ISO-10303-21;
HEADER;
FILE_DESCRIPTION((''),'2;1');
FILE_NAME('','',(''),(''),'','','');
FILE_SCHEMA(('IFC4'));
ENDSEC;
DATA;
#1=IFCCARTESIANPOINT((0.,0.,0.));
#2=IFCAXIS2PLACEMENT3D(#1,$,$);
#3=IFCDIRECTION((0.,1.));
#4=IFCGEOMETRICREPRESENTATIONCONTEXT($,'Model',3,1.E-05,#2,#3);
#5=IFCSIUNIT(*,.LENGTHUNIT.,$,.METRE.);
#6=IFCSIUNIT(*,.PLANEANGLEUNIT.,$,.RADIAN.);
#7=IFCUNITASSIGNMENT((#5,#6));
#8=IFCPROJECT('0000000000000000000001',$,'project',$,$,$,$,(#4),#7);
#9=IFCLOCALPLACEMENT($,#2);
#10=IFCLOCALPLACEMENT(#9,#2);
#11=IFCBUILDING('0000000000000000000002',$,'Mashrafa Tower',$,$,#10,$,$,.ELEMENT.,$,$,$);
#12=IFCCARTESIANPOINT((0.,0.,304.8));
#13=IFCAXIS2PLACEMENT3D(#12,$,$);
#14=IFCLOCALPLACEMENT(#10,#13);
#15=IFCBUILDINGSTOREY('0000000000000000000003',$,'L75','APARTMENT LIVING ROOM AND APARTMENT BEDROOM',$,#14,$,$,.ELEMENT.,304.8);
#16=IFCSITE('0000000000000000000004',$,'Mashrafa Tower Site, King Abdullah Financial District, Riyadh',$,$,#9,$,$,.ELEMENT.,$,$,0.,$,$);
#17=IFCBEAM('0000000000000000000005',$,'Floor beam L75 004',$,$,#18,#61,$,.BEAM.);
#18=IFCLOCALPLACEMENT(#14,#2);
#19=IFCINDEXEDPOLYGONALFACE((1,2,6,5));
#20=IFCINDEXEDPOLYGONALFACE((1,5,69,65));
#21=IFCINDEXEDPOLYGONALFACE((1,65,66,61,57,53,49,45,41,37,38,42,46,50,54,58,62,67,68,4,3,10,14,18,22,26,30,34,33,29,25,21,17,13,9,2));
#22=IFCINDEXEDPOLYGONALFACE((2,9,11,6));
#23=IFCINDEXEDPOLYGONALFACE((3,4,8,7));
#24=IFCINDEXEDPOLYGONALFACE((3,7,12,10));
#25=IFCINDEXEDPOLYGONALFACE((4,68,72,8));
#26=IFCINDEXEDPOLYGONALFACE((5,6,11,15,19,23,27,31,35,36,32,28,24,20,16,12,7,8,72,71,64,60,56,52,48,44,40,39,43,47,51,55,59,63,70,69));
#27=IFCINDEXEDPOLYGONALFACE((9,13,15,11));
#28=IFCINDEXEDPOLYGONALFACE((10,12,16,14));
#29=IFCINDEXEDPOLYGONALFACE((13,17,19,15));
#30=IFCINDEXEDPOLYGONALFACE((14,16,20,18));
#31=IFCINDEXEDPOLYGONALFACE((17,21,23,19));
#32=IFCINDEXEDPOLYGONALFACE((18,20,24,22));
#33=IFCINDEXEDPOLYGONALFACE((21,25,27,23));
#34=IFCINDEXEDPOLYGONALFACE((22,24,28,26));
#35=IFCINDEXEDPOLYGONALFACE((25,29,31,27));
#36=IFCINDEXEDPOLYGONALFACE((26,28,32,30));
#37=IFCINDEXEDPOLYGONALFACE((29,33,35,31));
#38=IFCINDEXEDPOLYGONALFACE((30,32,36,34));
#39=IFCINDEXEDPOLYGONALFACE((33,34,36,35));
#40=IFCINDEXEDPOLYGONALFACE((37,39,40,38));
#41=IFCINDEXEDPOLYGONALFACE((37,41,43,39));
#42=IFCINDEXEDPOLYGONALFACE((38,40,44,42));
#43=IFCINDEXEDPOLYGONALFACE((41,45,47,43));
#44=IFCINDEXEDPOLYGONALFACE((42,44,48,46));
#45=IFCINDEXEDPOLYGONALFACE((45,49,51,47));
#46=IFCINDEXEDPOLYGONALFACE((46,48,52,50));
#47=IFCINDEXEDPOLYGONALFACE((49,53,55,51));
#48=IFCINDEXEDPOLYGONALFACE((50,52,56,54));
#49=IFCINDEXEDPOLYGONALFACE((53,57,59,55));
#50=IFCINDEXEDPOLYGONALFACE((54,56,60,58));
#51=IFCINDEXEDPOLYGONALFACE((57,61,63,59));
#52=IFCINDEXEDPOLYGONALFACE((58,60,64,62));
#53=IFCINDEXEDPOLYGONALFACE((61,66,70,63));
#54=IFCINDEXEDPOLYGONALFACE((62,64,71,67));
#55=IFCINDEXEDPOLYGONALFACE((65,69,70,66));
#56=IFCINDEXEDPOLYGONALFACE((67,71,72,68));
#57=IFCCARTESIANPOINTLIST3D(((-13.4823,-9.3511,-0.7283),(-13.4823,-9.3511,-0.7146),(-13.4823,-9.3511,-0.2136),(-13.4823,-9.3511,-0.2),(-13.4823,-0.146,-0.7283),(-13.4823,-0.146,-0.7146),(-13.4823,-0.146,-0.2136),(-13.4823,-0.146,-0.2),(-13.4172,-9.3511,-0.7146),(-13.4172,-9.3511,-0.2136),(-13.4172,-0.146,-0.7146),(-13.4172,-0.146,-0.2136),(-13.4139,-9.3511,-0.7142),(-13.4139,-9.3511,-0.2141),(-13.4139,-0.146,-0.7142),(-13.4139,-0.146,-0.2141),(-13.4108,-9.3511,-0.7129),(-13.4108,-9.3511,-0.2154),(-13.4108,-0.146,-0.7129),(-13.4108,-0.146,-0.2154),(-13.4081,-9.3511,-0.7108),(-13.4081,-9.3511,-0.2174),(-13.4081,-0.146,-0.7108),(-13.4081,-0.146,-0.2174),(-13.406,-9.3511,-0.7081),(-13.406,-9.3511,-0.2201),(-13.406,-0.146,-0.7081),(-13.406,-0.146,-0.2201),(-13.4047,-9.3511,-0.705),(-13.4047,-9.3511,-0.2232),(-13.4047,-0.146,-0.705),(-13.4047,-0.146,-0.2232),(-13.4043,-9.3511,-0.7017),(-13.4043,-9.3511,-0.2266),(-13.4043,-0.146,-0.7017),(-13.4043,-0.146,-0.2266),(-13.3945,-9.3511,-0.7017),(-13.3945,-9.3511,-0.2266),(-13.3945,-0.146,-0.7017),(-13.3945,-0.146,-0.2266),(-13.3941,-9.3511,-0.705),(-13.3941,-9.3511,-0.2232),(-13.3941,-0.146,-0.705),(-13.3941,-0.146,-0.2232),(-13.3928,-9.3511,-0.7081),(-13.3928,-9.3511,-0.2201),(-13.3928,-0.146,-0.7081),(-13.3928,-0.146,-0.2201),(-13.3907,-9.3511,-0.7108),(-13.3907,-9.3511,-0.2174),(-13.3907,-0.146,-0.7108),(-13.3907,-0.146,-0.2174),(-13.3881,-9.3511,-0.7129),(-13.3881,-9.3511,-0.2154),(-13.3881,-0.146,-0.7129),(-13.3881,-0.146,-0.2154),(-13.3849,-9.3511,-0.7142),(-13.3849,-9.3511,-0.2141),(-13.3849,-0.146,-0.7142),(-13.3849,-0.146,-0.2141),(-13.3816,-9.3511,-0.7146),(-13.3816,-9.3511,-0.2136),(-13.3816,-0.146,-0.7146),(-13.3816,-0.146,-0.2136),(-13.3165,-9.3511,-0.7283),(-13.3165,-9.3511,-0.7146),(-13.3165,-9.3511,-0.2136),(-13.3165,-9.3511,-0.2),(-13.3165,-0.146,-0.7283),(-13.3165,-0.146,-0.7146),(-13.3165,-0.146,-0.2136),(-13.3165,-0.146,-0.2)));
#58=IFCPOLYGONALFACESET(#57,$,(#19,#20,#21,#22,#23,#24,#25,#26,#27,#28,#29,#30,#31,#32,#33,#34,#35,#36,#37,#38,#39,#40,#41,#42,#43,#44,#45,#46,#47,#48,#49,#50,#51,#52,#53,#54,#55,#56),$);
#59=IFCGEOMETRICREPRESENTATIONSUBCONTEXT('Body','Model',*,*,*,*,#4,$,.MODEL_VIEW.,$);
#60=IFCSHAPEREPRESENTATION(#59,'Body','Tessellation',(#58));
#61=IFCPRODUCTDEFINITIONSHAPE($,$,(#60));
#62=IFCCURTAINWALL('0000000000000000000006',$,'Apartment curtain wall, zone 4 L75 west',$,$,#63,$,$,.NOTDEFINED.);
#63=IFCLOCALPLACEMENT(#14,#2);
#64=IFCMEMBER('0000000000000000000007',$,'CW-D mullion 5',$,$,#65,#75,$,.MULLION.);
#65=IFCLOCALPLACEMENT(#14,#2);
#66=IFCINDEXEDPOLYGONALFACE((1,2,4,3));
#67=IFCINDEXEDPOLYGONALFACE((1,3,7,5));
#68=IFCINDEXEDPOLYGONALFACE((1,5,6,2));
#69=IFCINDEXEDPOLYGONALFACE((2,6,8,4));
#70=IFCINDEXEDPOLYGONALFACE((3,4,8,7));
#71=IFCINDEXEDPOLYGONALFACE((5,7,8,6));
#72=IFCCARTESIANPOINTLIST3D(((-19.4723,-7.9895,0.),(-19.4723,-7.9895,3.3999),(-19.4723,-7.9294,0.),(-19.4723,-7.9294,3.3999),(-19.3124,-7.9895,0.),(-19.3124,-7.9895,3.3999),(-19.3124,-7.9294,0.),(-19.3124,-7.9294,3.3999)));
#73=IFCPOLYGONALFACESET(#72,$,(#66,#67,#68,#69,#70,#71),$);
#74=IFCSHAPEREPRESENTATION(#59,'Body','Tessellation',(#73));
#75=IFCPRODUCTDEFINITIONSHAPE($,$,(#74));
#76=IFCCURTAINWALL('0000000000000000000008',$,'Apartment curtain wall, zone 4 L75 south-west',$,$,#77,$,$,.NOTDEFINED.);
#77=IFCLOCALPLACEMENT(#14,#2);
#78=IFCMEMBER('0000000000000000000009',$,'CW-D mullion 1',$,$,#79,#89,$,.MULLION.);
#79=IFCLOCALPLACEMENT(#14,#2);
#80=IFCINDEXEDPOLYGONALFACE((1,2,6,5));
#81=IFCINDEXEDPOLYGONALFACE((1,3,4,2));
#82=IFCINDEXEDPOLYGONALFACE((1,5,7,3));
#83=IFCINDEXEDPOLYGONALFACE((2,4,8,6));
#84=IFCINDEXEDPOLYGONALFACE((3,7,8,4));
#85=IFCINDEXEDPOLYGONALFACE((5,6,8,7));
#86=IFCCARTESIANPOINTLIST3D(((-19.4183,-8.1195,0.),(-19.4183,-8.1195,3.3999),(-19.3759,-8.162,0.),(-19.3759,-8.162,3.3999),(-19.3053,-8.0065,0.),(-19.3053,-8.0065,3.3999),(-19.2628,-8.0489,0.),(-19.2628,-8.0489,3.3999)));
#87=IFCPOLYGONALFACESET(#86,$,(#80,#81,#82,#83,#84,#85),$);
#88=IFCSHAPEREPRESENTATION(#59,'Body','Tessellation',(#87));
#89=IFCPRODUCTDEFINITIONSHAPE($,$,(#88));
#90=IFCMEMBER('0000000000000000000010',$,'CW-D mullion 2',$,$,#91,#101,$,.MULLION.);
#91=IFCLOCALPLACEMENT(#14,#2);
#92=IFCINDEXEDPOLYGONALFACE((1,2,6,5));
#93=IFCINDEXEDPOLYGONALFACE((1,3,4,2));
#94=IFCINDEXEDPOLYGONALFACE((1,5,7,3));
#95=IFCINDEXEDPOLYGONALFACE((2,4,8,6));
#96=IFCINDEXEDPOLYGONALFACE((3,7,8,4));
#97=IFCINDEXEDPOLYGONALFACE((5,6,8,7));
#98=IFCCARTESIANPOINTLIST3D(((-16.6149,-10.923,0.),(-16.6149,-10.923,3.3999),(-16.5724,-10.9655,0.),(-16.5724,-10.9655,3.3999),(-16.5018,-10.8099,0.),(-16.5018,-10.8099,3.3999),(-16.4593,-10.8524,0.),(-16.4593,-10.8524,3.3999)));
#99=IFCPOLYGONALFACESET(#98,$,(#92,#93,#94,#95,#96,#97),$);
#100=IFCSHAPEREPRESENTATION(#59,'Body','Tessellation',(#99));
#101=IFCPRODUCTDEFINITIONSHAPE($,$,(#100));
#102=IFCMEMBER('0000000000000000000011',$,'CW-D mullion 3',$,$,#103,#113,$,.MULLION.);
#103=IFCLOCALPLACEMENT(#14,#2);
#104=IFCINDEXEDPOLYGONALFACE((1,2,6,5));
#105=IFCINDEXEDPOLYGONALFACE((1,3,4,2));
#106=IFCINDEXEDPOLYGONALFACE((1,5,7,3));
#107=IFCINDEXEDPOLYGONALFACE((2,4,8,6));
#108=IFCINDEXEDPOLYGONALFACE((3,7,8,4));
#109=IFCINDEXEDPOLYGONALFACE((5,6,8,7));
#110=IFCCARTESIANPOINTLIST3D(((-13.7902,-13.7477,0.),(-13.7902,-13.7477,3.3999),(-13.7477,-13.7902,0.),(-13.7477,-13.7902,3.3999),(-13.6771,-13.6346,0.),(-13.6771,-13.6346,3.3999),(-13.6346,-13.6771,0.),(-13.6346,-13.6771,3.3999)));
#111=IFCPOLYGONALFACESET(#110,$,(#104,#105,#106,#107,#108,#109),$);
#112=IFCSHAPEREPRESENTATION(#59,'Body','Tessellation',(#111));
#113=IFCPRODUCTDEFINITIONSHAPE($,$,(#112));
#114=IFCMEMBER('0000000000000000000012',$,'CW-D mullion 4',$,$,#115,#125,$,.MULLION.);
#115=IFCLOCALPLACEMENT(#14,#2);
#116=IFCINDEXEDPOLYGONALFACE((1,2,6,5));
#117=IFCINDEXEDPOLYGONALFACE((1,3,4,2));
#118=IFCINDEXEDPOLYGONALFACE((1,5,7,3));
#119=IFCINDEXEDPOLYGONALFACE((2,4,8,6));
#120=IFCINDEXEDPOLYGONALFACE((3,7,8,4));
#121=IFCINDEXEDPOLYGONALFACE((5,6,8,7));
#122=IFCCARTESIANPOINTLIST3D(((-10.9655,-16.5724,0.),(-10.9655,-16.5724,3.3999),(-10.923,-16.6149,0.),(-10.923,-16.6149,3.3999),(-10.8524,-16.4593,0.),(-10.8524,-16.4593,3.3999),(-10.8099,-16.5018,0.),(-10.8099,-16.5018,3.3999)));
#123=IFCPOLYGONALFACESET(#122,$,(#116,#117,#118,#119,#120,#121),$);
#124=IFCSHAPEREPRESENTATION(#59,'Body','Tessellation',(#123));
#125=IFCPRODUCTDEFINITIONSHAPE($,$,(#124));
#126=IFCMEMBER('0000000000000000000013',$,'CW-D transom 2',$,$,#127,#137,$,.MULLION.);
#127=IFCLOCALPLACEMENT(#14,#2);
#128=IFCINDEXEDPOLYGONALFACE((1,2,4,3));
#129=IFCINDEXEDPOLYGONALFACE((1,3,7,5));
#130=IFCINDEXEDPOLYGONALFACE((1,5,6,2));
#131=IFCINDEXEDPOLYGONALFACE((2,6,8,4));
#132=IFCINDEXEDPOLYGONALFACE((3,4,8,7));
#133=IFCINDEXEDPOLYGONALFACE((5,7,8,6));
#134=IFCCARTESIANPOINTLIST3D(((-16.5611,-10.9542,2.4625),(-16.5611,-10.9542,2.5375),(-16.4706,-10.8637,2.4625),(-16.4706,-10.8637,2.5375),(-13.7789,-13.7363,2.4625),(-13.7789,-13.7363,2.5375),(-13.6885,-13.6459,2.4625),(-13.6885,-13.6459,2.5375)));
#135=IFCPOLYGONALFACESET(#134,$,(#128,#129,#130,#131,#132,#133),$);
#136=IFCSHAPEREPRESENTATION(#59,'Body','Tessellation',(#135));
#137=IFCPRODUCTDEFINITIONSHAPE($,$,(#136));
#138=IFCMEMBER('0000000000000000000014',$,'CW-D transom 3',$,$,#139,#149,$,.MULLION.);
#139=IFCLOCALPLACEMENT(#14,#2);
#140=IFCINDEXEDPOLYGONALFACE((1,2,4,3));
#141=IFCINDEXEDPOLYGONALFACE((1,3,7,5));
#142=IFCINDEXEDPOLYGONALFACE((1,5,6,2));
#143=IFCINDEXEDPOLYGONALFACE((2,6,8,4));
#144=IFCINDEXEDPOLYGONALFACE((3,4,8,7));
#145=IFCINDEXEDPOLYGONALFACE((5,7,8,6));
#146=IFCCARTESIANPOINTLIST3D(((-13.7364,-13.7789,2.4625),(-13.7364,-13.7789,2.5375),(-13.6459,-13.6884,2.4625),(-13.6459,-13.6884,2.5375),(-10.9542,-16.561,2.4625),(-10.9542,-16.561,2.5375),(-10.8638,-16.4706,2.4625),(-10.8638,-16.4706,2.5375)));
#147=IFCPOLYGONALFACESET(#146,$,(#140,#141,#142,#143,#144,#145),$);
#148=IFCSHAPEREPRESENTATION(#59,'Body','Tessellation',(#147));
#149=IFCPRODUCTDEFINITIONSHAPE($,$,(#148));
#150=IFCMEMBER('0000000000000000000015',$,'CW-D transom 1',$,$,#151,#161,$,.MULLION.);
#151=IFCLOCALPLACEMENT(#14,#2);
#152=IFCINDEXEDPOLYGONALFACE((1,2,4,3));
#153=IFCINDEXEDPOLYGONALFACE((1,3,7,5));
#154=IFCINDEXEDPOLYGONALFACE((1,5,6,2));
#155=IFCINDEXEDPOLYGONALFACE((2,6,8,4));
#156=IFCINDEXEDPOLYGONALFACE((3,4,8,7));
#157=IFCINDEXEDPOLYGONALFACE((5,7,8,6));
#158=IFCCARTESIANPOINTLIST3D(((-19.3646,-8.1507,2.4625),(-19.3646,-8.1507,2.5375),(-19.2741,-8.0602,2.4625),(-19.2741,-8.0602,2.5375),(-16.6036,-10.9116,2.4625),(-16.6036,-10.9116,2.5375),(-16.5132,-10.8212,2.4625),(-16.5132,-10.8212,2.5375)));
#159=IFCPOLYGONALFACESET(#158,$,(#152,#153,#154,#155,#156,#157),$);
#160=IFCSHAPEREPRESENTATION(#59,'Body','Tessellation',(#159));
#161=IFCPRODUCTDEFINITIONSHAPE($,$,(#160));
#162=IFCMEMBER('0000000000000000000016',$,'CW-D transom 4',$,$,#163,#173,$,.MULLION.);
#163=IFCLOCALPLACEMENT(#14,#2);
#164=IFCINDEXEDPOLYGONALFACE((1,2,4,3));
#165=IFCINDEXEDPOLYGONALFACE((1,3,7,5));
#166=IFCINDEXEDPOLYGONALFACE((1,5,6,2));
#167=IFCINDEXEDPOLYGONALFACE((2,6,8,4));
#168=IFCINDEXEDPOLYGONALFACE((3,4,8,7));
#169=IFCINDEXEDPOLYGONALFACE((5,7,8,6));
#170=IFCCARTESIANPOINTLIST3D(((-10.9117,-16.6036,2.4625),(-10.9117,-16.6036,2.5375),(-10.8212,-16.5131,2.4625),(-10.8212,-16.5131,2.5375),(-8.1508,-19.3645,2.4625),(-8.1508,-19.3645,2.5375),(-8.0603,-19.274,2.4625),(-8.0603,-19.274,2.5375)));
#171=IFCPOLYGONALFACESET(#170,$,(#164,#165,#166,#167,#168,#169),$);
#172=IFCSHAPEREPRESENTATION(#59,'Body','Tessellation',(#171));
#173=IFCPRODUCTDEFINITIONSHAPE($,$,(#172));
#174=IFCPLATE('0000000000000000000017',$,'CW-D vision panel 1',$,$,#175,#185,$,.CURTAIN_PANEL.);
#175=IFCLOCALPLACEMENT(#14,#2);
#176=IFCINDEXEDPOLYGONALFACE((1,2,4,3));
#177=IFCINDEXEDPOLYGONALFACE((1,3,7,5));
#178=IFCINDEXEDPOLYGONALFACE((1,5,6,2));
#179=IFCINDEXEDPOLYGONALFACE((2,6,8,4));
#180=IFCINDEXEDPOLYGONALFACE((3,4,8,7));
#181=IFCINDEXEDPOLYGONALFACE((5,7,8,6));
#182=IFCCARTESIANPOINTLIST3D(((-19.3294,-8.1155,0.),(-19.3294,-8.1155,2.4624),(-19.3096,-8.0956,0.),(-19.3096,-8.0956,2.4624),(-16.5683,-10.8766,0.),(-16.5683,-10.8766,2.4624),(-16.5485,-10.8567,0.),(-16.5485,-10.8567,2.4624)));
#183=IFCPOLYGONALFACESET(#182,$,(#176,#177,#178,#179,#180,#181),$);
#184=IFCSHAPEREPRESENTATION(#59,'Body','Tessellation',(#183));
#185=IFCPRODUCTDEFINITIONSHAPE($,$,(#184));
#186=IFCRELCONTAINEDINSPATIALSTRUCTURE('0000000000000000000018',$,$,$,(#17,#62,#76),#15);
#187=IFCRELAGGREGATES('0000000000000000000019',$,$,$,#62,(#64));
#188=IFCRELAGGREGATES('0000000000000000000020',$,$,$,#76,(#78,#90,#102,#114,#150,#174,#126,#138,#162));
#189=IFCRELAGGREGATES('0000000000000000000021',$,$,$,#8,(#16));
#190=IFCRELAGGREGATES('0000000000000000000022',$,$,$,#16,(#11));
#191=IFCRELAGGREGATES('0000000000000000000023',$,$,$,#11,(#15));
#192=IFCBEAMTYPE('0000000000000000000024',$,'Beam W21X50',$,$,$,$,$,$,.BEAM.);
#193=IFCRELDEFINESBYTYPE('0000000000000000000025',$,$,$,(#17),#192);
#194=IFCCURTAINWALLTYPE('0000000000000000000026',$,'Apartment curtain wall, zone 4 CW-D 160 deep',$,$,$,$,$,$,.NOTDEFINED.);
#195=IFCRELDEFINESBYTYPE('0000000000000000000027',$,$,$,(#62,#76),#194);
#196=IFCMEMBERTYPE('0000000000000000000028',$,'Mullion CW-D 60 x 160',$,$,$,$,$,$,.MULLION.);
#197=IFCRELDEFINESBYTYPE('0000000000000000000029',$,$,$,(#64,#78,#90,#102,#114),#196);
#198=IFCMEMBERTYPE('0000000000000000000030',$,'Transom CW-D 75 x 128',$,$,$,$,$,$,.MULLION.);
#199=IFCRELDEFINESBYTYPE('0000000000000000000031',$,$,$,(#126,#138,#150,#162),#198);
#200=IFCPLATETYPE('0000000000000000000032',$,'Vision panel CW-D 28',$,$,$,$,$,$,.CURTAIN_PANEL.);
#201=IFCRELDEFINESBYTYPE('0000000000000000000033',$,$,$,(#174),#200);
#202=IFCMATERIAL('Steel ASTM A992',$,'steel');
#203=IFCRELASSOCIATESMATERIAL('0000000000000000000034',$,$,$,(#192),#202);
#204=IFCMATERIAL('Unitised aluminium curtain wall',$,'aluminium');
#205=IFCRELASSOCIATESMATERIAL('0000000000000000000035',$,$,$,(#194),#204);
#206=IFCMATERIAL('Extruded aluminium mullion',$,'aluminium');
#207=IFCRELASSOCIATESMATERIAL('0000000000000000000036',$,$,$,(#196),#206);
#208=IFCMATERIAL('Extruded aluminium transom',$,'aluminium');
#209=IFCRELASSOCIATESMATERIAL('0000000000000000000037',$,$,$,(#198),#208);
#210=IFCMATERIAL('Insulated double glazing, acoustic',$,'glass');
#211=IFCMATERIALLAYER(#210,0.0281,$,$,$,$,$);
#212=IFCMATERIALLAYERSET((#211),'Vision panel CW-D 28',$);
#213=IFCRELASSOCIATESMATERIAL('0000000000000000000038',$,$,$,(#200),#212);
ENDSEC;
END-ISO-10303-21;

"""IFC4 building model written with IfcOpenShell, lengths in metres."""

from ifc_helpers import new_model, si_unit, direction, frame, origin, origin_2d, place, context, subcontext, project, spatial, rectangle, i_section, extrude, source, transform, mapped, material, layer, layer_set, material_profile, profile_set, type_object, type_shapes, element, aggregate, save


model = new_model("IFC4")

# Units and contexts
model_context = context("Model", 3, precision=1e-05, world=origin(), true_north=direction((0.0, 1.0)))
body_context = subcontext(model_context, "Body", "Model", "MODEL_VIEW")
ifc_project = project(units=[si_unit("LENGTHUNIT", "METRE"), si_unit("PLANEANGLEUNIT", "RADIAN")], contexts=[model_context])

# Site, building, storey
site_placement = place(None, origin())
site = spatial("IfcSite", under=ifc_project, at=site_placement, Name="Mashrafa Tower Site, King Abdullah Financial District, Riyadh", CompositionType="ELEMENT", RefElevation=0.0)
building_placement = place(site_placement, origin())
building = spatial("IfcBuilding", under=site, at=building_placement, Name="Mashrafa Tower", CompositionType="ELEMENT")
storey_placement = place(building_placement, frame((0.0, 0.0, 304.8)))
storey = spatial("IfcBuildingStorey", under=building, at=storey_placement, Name="L75", Description="APARTMENT LIVING ROOM AND APARTMENT BEDROOM", CompositionType="ELEMENT", Elevation=304.8)

# Beam
ifc_material_1 = material(Name="Steel ASTM A992", Category="steel")
ifc_material_profile_1 = material_profile(ifc_material_1, i_section(OverallWidth=0.1658, OverallDepth=0.5283, WebThickness=0.0098, FlangeThickness=0.0137, FilletRadius=0.0129, at=origin_2d()), Name="W21X50")
ifc_profile_set_1 = profile_set([ifc_material_profile_1], Name="Steel ASTM A992")
beam_type_1 = type_object("IfcBeamType", Name="Beam W21X50", PredefinedType="BEAM", material=ifc_profile_set_1)
beam_1_placement = place(storey_placement, frame((-13.3994, -9.3511, -0.4641), z_axis=(0.0, 1.0, 0.0), x_axis=(-1.0, 0.0, 0.0)))
element("IfcBeam", 1, at=beam_1_placement, inside=storey, type_object=beam_type_1, Name="Floor beam L75 004", PredefinedType="BEAM", context=body_context, shape_type="SweptSolid", body=[
    extrude(i_section(OverallWidth=0.1658, OverallDepth=0.5283, WebThickness=0.0098, FlangeThickness=0.0137, FilletRadius=0.0129, at=origin_2d()), origin(), (0.0, 0.0, 1.0), 9.2051),
])

# Curtain wall, member
ifc_material_2 = material(Name="Unitised aluminium curtain wall", Category="aluminium")
curtain_wall_type = type_object("IfcCurtainWallType", Name="Apartment curtain wall, zone 4 CW-D 160 deep", PredefinedType="NOTDEFINED", material=ifc_material_2)
curtain_wall_1_placement = place(storey_placement, origin())
curtain_wall_1 = element("IfcCurtainWall", 2, at=curtain_wall_1_placement, inside=storey, type_object=curtain_wall_type, Name="Apartment curtain wall, zone 4 L75 west", PredefinedType="NOTDEFINED")
ifc_material_3 = material(Name="Extruded aluminium mullion", Category="aluminium")
ifc_material_profile_2 = material_profile(ifc_material_3, rectangle(XDim=0.1599, YDim=0.0601, at=origin_2d()), Name="Mullion 60x160")
ifc_profile_set_2 = profile_set([ifc_material_profile_2], Name="Extruded aluminium mullion")
member_type_1 = type_object("IfcMemberType", Name="Mullion CW-D 60 x 160", PredefinedType="MULLION", material=ifc_profile_set_2)
shared_shape_1 = source(origin(), body_context, "Body", "SweptSolid", [
    extrude(rectangle(XDim=0.1599, YDim=0.0601, at=origin_2d()), origin(), (0.0, 0.0, 1.0), 3.3999),
])
type_shapes(member_type_1, [shared_shape_1])
member_1_placement = place(storey_placement, frame((-19.3923, -7.9595, 0.0), z_axis=(0.0, 0.0, 1.0), x_axis=(1.0, 0.0, 0.0)))
member_1 = element("IfcMember", 3, at=member_1_placement, type_object=member_type_1, Name="CW-D mullion 5", PredefinedType="MULLION", context=body_context, shape_type="MappedRepresentation", body=[
    mapped(shared_shape_1, transform((0.0, 0.0, 0.0))),
])
aggregate(curtain_wall_1, [member_1])

# Curtain wall, members, plate
curtain_wall_2_placement = place(storey_placement, origin())
curtain_wall_2 = element("IfcCurtainWall", 4, at=curtain_wall_2_placement, inside=storey, type_object=curtain_wall_type, Name="Apartment curtain wall, zone 4 L75 south-west", PredefinedType="NOTDEFINED")
member_2_placement = place(storey_placement, frame((-19.3406, -8.0842, 0.0), z_axis=(0.0, 0.0, 1.0), x_axis=(0.707107, 0.707107, 0.0)))
member_2 = element("IfcMember", 5, at=member_2_placement, type_object=member_type_1, Name="CW-D mullion 1", PredefinedType="MULLION", context=body_context, shape_type="MappedRepresentation", body=[
    mapped(shared_shape_1, transform((0.0, 0.0, 0.0))),
])
member_3_placement = place(storey_placement, frame((-16.5371, -10.8877, 0.0), z_axis=(0.0, 0.0, 1.0), x_axis=(0.707107, 0.707107, 0.0)))
member_3 = element("IfcMember", 6, at=member_3_placement, type_object=member_type_1, Name="CW-D mullion 2", PredefinedType="MULLION", context=body_context, shape_type="MappedRepresentation", body=[
    mapped(shared_shape_1, transform((0.0, 0.0, 0.0))),
])
member_4_placement = place(storey_placement, frame((-13.7124, -13.7124, 0.0), z_axis=(0.0, 0.0, 1.0), x_axis=(0.707107, 0.707107, 0.0)))
member_4 = element("IfcMember", 7, at=member_4_placement, type_object=member_type_1, Name="CW-D mullion 3", PredefinedType="MULLION", context=body_context, shape_type="MappedRepresentation", body=[
    mapped(shared_shape_1, transform((0.0, 0.0, 0.0))),
])
member_5_placement = place(storey_placement, frame((-10.8877, -16.5371, 0.0), z_axis=(0.0, 0.0, 1.0), x_axis=(0.707107, 0.707107, 0.0)))
member_5 = element("IfcMember", 8, at=member_5_placement, type_object=member_type_1, Name="CW-D mullion 4", PredefinedType="MULLION", context=body_context, shape_type="MappedRepresentation", body=[
    mapped(shared_shape_1, transform((0.0, 0.0, 0.0))),
])
ifc_material_4 = material(Name="Extruded aluminium transom", Category="aluminium")
ifc_material_profile_3 = material_profile(ifc_material_4, rectangle(XDim=0.1279, YDim=0.075, at=origin_2d()), Name="Transom 75x128")
ifc_profile_set_3 = profile_set([ifc_material_profile_3], Name="Extruded aluminium transom")
member_type_2 = type_object("IfcMemberType", Name="Transom CW-D 75 x 128", PredefinedType="MULLION", material=ifc_profile_set_3)
shared_shape_2 = source(origin(), body_context, "Body", "SweptSolid", [
    extrude(rectangle(XDim=0.1279, YDim=0.075, at=origin_2d()), origin(), (0.0, 0.0, 1.0), 3.9346),
])
member_6_placement = place(storey_placement, frame((-16.5159, -10.9089, 2.5), z_axis=(0.707107, -0.707107, 0.0), x_axis=(0.707107, 0.707107, 0.0)))
member_6 = element("IfcMember", 9, at=member_6_placement, type_object=member_type_2, Name="CW-D transom 2", PredefinedType="MULLION", context=body_context, shape_type="MappedRepresentation", body=[
    mapped(shared_shape_2, transform((0.0, 0.0, 0.0))),
])
member_7_placement = place(storey_placement, frame((-13.6912, -13.7336, 2.5), z_axis=(0.707107, -0.707107, 0.0), x_axis=(0.707107, 0.707107, 0.0)))
member_7 = element("IfcMember", 10, at=member_7_placement, type_object=member_type_2, Name="CW-D transom 3", PredefinedType="MULLION", context=body_context, shape_type="MappedRepresentation", body=[
    mapped(shared_shape_2, transform((0.0, 0.0, 0.0))),
])
shared_shape_3 = source(origin(), body_context, "Body", "SweptSolid", [
    extrude(rectangle(XDim=0.1279, YDim=0.075, at=origin_2d()), origin(), (0.0, 0.0, 1.0), 3.9045),
])
type_shapes(member_type_2, [shared_shape_2, shared_shape_3])
member_8_placement = place(storey_placement, frame((-19.3193, -8.1055, 2.5), z_axis=(0.707107, -0.707107, 0.0), x_axis=(0.707107, 0.707107, 0.0)))
member_8 = element("IfcMember", 11, at=member_8_placement, type_object=member_type_2, Name="CW-D transom 1", PredefinedType="MULLION", context=body_context, shape_type="MappedRepresentation", body=[
    mapped(shared_shape_3, transform((0.0, 0.0, 0.0))),
])
member_9_placement = place(storey_placement, frame((-10.8665, -16.5583, 2.5), z_axis=(0.707107, -0.707107, 0.0), x_axis=(0.707107, 0.707107, 0.0)))
member_9 = element("IfcMember", 12, at=member_9_placement, type_object=member_type_2, Name="CW-D transom 4", PredefinedType="MULLION", context=body_context, shape_type="MappedRepresentation", body=[
    mapped(shared_shape_3, transform((0.0, 0.0, 0.0))),
])
ifc_material_5 = material(Name="Insulated double glazing, acoustic", Category="glass")
ifc_layer_1 = layer(ifc_material_5, 0.0281)
ifc_layer_set_1 = layer_set([ifc_layer_1], Name="Vision panel CW-D 28")
plate_type_1 = type_object("IfcPlateType", Name="Vision panel CW-D 28", PredefinedType="CURTAIN_PANEL", material=ifc_layer_set_1)
shared_shape_4 = source(origin(), body_context, "Body", "SweptSolid", [
    extrude(rectangle(XDim=3.9048, YDim=0.0281, at=origin_2d()), origin(), (0.0, 0.0, 1.0), 2.4624),
])
plate_1_placement = place(storey_placement, frame((-17.939, -9.4861, 0.0), z_axis=(0.0, 0.0, 1.0), x_axis=(0.707107, -0.707107, 0.0)))
plate_1 = element("IfcPlate", 13, at=plate_1_placement, type_object=plate_type_1, Name="CW-D vision panel 1", PredefinedType="CURTAIN_PANEL", context=body_context, shape_type="MappedRepresentation", body=[
    mapped(shared_shape_4, transform((0.0, 0.0, 0.0))),
])
aggregate(curtain_wall_2, [member_2, member_3, member_4, member_5, member_8, plate_1, member_6, member_7, member_9])

save(model, "model.ifc")
